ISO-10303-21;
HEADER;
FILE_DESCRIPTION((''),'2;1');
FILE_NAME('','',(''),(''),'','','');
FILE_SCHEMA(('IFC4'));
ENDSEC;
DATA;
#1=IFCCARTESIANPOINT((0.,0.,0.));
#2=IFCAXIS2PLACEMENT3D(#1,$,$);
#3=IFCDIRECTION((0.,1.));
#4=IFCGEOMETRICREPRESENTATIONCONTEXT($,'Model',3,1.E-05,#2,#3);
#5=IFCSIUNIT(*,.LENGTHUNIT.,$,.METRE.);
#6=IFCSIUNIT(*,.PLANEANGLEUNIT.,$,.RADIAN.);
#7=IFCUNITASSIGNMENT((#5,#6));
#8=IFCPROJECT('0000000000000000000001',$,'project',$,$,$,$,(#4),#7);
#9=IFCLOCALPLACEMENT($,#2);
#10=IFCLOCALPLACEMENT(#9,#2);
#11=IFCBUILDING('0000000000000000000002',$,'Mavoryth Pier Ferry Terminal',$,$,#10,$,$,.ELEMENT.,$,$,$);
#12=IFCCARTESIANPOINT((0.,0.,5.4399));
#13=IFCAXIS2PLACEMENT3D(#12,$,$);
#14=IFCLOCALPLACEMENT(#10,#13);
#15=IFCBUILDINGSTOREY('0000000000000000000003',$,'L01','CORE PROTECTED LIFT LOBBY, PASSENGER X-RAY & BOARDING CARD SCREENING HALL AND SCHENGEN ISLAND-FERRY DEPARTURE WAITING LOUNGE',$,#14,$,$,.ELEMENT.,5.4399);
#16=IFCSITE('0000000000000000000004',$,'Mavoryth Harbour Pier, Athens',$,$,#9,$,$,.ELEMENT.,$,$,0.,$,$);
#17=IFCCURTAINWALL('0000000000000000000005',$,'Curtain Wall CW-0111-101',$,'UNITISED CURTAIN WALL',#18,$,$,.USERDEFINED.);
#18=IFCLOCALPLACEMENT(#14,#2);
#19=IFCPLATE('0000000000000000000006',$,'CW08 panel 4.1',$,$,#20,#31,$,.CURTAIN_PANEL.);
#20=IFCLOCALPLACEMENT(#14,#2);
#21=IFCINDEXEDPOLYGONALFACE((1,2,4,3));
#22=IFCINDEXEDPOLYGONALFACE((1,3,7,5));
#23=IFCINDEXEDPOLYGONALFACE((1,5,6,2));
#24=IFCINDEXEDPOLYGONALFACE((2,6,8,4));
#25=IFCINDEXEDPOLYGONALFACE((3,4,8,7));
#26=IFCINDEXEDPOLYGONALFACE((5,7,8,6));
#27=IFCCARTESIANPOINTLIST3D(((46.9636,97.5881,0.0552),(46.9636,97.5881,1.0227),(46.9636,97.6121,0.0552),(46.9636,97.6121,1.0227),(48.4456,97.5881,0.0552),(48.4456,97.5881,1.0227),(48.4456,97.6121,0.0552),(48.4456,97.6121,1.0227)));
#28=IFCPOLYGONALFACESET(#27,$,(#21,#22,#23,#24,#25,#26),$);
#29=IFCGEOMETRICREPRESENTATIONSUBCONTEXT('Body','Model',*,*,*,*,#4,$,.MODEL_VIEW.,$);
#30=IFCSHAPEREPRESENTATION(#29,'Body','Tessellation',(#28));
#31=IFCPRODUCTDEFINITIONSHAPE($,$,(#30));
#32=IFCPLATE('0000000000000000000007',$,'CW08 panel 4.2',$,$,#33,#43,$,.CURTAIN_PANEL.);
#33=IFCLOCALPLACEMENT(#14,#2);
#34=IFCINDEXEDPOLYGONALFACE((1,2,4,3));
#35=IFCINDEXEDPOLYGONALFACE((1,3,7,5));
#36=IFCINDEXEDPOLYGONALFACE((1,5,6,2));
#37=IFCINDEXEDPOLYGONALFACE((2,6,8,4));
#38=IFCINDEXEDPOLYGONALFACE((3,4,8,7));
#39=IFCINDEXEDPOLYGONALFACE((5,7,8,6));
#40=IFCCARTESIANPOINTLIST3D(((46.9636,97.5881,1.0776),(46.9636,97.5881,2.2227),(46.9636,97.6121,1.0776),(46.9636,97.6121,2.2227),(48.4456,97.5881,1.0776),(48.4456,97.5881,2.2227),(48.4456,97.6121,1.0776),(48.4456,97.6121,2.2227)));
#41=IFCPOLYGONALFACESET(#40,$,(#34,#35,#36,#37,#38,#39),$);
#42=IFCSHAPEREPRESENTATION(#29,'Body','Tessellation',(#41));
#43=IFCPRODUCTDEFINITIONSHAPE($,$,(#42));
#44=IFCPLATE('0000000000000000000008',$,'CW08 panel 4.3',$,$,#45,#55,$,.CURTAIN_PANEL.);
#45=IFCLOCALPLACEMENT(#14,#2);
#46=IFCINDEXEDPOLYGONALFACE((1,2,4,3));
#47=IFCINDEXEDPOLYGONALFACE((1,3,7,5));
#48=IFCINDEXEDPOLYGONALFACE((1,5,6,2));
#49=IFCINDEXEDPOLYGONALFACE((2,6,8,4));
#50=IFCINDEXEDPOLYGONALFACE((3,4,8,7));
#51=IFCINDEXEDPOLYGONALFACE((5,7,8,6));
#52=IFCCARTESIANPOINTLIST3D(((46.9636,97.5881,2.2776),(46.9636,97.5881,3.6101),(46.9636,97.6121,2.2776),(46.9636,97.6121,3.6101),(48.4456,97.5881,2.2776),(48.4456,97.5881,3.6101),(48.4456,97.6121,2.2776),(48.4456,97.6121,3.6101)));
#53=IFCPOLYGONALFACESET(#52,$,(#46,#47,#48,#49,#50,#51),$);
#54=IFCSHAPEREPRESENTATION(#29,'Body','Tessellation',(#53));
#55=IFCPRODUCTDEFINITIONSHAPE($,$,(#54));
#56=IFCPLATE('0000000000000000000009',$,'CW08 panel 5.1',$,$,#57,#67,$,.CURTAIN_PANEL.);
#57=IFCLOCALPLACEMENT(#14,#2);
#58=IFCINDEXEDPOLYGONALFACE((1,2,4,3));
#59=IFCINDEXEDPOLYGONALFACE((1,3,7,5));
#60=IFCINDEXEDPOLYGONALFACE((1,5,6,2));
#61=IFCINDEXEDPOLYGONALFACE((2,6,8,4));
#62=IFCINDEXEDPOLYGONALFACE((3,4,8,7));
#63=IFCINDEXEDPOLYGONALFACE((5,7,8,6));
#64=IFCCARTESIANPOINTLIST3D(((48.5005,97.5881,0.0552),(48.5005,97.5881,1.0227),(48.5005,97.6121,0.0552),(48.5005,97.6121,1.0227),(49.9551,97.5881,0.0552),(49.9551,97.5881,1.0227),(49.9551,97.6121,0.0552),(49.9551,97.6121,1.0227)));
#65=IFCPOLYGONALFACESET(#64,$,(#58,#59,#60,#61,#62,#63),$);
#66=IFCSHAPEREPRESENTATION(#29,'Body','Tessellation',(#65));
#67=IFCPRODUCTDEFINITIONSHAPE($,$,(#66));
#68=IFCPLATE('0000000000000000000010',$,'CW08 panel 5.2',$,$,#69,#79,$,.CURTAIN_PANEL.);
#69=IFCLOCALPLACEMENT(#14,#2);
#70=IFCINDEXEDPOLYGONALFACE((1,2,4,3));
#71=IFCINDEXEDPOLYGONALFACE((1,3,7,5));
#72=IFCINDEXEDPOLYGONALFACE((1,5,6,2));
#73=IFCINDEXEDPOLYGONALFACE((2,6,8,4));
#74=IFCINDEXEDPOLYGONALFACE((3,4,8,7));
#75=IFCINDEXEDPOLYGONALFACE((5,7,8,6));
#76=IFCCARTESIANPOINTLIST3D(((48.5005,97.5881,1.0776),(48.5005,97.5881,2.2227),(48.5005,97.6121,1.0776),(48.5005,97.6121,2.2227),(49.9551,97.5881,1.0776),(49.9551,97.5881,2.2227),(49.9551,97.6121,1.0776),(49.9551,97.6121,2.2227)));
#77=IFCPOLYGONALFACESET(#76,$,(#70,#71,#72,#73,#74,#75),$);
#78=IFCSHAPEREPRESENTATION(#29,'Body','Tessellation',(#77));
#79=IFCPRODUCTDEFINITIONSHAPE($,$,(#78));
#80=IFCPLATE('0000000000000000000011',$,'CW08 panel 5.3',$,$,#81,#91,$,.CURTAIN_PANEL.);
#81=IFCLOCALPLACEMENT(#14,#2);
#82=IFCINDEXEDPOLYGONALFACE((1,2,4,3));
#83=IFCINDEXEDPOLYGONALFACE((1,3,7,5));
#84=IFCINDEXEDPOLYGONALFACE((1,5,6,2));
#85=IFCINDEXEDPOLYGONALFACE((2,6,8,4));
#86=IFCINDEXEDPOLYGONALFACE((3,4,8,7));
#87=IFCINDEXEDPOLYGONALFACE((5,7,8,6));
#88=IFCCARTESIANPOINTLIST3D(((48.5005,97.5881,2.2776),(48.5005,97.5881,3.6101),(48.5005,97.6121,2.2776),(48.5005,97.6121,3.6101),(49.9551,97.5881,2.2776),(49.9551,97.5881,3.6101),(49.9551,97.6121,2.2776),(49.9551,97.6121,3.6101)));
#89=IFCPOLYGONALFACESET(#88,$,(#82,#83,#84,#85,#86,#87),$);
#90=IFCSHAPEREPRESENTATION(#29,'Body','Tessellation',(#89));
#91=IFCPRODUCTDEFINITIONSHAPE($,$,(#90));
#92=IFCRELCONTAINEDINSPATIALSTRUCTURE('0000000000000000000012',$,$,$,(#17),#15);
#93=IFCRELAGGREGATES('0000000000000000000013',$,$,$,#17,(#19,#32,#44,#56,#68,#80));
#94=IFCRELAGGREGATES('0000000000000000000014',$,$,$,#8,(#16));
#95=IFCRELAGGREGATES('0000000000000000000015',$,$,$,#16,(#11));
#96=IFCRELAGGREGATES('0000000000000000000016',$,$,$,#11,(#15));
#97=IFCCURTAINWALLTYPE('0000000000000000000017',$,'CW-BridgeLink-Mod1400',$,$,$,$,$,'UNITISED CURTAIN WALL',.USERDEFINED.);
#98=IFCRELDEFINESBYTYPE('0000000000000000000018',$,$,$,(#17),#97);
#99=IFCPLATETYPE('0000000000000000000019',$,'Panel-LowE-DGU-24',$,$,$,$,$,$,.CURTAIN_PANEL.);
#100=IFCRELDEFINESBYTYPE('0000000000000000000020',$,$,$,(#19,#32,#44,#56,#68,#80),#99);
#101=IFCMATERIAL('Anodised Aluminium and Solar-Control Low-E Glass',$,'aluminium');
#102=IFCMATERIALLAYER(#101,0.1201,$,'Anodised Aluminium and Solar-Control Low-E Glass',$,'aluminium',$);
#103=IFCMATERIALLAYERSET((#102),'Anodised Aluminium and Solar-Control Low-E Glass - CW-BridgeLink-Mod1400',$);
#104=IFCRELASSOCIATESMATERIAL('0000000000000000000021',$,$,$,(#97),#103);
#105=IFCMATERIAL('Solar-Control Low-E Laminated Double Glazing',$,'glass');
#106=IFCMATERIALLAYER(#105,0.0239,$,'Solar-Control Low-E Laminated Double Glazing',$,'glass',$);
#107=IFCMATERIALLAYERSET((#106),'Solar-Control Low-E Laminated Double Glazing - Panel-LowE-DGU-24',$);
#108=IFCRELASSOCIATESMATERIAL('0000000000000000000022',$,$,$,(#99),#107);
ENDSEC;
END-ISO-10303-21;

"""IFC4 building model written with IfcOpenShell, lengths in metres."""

from ifc_helpers import new_model, si_unit, direction, frame, origin, origin_2d, place, context, subcontext, project, spatial, rectangle, extrude, material, layer, layer_set, type_object, element, aggregate, save


model = new_model("IFC4")

# Units and contexts
model_context = context("Model", 3, precision=1e-05, world=origin(), true_north=direction((0.0, 1.0)))
body_context = subcontext(model_context, "Body", "Model", "MODEL_VIEW")
ifc_project = project(units=[si_unit("LENGTHUNIT", "METRE"), si_unit("PLANEANGLEUNIT", "RADIAN")], contexts=[model_context])

# Site, building, storey
site_placement = place(None, origin())
site = spatial("IfcSite", under=ifc_project, at=site_placement, Name="Mavoryth Harbour Pier, Athens", CompositionType="ELEMENT", RefElevation=0.0)
building_placement = place(site_placement, origin())
building = spatial("IfcBuilding", under=site, at=building_placement, Name="Mavoryth Pier Ferry Terminal", CompositionType="ELEMENT")
storey_placement = place(building_placement, frame((0.0, 0.0, 5.4399)))
storey = spatial("IfcBuildingStorey", under=building, at=storey_placement, Name="L01", Description="CORE PROTECTED LIFT LOBBY, PASSENGER X-RAY & BOARDING CARD SCREENING HALL AND SCHENGEN ISLAND-FERRY DEPARTURE WAITING LOUNGE", CompositionType="ELEMENT", Elevation=5.4399)

# Curtain wall
ifc_material_1 = material(Name="Anodised Aluminium and Solar-Control Low-E Glass", Category="aluminium")
ifc_layer_1 = layer(ifc_material_1, 0.1201, Name="Anodised Aluminium and Solar-Control Low-E Glass", Category="aluminium")
ifc_layer_set_1 = layer_set([ifc_layer_1], Name="Anodised Aluminium and Solar-Control Low-E Glass - CW-BridgeLink-Mod1400")
curtain_wall_type_1 = type_object("IfcCurtainWallType", Name="CW-BridgeLink-Mod1400", ElementType="UNITISED CURTAIN WALL", PredefinedType="USERDEFINED", material=ifc_layer_set_1)
curtain_wall_1_placement = place(storey_placement, origin())
curtain_wall_1 = element("IfcCurtainWall", 1, at=curtain_wall_1_placement, inside=storey, type_object=curtain_wall_type_1, Name="Curtain Wall CW-0111-101", ObjectType="UNITISED CURTAIN WALL", PredefinedType="USERDEFINED")

# Plates
ifc_material_2 = material(Name="Solar-Control Low-E Laminated Double Glazing", Category="glass")
ifc_layer_2 = layer(ifc_material_2, 0.0239, Name="Solar-Control Low-E Laminated Double Glazing", Category="glass")
ifc_layer_set_2 = layer_set([ifc_layer_2], Name="Solar-Control Low-E Laminated Double Glazing - Panel-LowE-DGU-24")
plate_type = type_object("IfcPlateType", Name="Panel-LowE-DGU-24", PredefinedType="CURTAIN_PANEL", material=ifc_layer_set_2)
plate_1_placement = place(storey_placement, frame((47.7046, 97.6001, 0.0552), z_axis=(0.0, 0.0, 1.0), x_axis=(1.0, 0.0, 0.0)))
plate_1 = element("IfcPlate", 2, at=plate_1_placement, type_object=plate_type, Name="CW08 panel 4.1", PredefinedType="CURTAIN_PANEL", context=body_context, shape_type="SweptSolid", body=[
    extrude(rectangle(XDim=1.4819, YDim=0.0239, at=origin_2d()), origin(), (0.0, 0.0, 1.0), 0.9675),
])
plate_2_placement = place(storey_placement, frame((47.7046, 97.6001, 1.0776), z_axis=(0.0, 0.0, 1.0), x_axis=(1.0, 0.0, 0.0)))
plate_2 = element("IfcPlate", 3, at=plate_2_placement, type_object=plate_type, Name="CW08 panel 4.2", PredefinedType="CURTAIN_PANEL", context=body_context, shape_type="SweptSolid", body=[
    extrude(rectangle(XDim=1.4819, YDim=0.0239, at=origin_2d()), origin(), (0.0, 0.0, 1.0), 1.145),
])
plate_3_placement = place(storey_placement, frame((47.7046, 97.6001, 2.2776), z_axis=(0.0, 0.0, 1.0), x_axis=(1.0, 0.0, 0.0)))
plate_3 = element("IfcPlate", 4, at=plate_3_placement, type_object=plate_type, Name="CW08 panel 4.3", PredefinedType="CURTAIN_PANEL", context=body_context, shape_type="SweptSolid", body=[
    extrude(rectangle(XDim=1.4819, YDim=0.0239, at=origin_2d()), origin(), (0.0, 0.0, 1.0), 1.3325),
])
plate_4_placement = place(storey_placement, frame((49.2278, 97.6001, 0.0552), z_axis=(0.0, 0.0, 1.0), x_axis=(1.0, 0.0, 0.0)))
plate_4 = element("IfcPlate", 5, at=plate_4_placement, type_object=plate_type, Name="CW08 panel 5.1", PredefinedType="CURTAIN_PANEL", context=body_context, shape_type="SweptSolid", body=[
    extrude(rectangle(XDim=1.4546, YDim=0.0239, at=origin_2d()), origin(), (0.0, 0.0, 1.0), 0.9675),
])
plate_5_placement = place(storey_placement, frame((49.2278, 97.6001, 1.0776), z_axis=(0.0, 0.0, 1.0), x_axis=(1.0, 0.0, 0.0)))
plate_5 = element("IfcPlate", 6, at=plate_5_placement, type_object=plate_type, Name="CW08 panel 5.2", PredefinedType="CURTAIN_PANEL", context=body_context, shape_type="SweptSolid", body=[
    extrude(rectangle(XDim=1.4546, YDim=0.0239, at=origin_2d()), origin(), (0.0, 0.0, 1.0), 1.145),
])
plate_6_placement = place(storey_placement, frame((49.2278, 97.6001, 2.2776), z_axis=(0.0, 0.0, 1.0), x_axis=(1.0, 0.0, 0.0)))
plate_6 = element("IfcPlate", 7, at=plate_6_placement, type_object=plate_type, Name="CW08 panel 5.3", PredefinedType="CURTAIN_PANEL", context=body_context, shape_type="SweptSolid", body=[
    extrude(rectangle(XDim=1.4546, YDim=0.0239, at=origin_2d()), origin(), (0.0, 0.0, 1.0), 1.3325),
])
aggregate(curtain_wall_1, [plate_1, plate_2, plate_3, plate_4, plate_5, plate_6])

save(model, "model.ifc")
